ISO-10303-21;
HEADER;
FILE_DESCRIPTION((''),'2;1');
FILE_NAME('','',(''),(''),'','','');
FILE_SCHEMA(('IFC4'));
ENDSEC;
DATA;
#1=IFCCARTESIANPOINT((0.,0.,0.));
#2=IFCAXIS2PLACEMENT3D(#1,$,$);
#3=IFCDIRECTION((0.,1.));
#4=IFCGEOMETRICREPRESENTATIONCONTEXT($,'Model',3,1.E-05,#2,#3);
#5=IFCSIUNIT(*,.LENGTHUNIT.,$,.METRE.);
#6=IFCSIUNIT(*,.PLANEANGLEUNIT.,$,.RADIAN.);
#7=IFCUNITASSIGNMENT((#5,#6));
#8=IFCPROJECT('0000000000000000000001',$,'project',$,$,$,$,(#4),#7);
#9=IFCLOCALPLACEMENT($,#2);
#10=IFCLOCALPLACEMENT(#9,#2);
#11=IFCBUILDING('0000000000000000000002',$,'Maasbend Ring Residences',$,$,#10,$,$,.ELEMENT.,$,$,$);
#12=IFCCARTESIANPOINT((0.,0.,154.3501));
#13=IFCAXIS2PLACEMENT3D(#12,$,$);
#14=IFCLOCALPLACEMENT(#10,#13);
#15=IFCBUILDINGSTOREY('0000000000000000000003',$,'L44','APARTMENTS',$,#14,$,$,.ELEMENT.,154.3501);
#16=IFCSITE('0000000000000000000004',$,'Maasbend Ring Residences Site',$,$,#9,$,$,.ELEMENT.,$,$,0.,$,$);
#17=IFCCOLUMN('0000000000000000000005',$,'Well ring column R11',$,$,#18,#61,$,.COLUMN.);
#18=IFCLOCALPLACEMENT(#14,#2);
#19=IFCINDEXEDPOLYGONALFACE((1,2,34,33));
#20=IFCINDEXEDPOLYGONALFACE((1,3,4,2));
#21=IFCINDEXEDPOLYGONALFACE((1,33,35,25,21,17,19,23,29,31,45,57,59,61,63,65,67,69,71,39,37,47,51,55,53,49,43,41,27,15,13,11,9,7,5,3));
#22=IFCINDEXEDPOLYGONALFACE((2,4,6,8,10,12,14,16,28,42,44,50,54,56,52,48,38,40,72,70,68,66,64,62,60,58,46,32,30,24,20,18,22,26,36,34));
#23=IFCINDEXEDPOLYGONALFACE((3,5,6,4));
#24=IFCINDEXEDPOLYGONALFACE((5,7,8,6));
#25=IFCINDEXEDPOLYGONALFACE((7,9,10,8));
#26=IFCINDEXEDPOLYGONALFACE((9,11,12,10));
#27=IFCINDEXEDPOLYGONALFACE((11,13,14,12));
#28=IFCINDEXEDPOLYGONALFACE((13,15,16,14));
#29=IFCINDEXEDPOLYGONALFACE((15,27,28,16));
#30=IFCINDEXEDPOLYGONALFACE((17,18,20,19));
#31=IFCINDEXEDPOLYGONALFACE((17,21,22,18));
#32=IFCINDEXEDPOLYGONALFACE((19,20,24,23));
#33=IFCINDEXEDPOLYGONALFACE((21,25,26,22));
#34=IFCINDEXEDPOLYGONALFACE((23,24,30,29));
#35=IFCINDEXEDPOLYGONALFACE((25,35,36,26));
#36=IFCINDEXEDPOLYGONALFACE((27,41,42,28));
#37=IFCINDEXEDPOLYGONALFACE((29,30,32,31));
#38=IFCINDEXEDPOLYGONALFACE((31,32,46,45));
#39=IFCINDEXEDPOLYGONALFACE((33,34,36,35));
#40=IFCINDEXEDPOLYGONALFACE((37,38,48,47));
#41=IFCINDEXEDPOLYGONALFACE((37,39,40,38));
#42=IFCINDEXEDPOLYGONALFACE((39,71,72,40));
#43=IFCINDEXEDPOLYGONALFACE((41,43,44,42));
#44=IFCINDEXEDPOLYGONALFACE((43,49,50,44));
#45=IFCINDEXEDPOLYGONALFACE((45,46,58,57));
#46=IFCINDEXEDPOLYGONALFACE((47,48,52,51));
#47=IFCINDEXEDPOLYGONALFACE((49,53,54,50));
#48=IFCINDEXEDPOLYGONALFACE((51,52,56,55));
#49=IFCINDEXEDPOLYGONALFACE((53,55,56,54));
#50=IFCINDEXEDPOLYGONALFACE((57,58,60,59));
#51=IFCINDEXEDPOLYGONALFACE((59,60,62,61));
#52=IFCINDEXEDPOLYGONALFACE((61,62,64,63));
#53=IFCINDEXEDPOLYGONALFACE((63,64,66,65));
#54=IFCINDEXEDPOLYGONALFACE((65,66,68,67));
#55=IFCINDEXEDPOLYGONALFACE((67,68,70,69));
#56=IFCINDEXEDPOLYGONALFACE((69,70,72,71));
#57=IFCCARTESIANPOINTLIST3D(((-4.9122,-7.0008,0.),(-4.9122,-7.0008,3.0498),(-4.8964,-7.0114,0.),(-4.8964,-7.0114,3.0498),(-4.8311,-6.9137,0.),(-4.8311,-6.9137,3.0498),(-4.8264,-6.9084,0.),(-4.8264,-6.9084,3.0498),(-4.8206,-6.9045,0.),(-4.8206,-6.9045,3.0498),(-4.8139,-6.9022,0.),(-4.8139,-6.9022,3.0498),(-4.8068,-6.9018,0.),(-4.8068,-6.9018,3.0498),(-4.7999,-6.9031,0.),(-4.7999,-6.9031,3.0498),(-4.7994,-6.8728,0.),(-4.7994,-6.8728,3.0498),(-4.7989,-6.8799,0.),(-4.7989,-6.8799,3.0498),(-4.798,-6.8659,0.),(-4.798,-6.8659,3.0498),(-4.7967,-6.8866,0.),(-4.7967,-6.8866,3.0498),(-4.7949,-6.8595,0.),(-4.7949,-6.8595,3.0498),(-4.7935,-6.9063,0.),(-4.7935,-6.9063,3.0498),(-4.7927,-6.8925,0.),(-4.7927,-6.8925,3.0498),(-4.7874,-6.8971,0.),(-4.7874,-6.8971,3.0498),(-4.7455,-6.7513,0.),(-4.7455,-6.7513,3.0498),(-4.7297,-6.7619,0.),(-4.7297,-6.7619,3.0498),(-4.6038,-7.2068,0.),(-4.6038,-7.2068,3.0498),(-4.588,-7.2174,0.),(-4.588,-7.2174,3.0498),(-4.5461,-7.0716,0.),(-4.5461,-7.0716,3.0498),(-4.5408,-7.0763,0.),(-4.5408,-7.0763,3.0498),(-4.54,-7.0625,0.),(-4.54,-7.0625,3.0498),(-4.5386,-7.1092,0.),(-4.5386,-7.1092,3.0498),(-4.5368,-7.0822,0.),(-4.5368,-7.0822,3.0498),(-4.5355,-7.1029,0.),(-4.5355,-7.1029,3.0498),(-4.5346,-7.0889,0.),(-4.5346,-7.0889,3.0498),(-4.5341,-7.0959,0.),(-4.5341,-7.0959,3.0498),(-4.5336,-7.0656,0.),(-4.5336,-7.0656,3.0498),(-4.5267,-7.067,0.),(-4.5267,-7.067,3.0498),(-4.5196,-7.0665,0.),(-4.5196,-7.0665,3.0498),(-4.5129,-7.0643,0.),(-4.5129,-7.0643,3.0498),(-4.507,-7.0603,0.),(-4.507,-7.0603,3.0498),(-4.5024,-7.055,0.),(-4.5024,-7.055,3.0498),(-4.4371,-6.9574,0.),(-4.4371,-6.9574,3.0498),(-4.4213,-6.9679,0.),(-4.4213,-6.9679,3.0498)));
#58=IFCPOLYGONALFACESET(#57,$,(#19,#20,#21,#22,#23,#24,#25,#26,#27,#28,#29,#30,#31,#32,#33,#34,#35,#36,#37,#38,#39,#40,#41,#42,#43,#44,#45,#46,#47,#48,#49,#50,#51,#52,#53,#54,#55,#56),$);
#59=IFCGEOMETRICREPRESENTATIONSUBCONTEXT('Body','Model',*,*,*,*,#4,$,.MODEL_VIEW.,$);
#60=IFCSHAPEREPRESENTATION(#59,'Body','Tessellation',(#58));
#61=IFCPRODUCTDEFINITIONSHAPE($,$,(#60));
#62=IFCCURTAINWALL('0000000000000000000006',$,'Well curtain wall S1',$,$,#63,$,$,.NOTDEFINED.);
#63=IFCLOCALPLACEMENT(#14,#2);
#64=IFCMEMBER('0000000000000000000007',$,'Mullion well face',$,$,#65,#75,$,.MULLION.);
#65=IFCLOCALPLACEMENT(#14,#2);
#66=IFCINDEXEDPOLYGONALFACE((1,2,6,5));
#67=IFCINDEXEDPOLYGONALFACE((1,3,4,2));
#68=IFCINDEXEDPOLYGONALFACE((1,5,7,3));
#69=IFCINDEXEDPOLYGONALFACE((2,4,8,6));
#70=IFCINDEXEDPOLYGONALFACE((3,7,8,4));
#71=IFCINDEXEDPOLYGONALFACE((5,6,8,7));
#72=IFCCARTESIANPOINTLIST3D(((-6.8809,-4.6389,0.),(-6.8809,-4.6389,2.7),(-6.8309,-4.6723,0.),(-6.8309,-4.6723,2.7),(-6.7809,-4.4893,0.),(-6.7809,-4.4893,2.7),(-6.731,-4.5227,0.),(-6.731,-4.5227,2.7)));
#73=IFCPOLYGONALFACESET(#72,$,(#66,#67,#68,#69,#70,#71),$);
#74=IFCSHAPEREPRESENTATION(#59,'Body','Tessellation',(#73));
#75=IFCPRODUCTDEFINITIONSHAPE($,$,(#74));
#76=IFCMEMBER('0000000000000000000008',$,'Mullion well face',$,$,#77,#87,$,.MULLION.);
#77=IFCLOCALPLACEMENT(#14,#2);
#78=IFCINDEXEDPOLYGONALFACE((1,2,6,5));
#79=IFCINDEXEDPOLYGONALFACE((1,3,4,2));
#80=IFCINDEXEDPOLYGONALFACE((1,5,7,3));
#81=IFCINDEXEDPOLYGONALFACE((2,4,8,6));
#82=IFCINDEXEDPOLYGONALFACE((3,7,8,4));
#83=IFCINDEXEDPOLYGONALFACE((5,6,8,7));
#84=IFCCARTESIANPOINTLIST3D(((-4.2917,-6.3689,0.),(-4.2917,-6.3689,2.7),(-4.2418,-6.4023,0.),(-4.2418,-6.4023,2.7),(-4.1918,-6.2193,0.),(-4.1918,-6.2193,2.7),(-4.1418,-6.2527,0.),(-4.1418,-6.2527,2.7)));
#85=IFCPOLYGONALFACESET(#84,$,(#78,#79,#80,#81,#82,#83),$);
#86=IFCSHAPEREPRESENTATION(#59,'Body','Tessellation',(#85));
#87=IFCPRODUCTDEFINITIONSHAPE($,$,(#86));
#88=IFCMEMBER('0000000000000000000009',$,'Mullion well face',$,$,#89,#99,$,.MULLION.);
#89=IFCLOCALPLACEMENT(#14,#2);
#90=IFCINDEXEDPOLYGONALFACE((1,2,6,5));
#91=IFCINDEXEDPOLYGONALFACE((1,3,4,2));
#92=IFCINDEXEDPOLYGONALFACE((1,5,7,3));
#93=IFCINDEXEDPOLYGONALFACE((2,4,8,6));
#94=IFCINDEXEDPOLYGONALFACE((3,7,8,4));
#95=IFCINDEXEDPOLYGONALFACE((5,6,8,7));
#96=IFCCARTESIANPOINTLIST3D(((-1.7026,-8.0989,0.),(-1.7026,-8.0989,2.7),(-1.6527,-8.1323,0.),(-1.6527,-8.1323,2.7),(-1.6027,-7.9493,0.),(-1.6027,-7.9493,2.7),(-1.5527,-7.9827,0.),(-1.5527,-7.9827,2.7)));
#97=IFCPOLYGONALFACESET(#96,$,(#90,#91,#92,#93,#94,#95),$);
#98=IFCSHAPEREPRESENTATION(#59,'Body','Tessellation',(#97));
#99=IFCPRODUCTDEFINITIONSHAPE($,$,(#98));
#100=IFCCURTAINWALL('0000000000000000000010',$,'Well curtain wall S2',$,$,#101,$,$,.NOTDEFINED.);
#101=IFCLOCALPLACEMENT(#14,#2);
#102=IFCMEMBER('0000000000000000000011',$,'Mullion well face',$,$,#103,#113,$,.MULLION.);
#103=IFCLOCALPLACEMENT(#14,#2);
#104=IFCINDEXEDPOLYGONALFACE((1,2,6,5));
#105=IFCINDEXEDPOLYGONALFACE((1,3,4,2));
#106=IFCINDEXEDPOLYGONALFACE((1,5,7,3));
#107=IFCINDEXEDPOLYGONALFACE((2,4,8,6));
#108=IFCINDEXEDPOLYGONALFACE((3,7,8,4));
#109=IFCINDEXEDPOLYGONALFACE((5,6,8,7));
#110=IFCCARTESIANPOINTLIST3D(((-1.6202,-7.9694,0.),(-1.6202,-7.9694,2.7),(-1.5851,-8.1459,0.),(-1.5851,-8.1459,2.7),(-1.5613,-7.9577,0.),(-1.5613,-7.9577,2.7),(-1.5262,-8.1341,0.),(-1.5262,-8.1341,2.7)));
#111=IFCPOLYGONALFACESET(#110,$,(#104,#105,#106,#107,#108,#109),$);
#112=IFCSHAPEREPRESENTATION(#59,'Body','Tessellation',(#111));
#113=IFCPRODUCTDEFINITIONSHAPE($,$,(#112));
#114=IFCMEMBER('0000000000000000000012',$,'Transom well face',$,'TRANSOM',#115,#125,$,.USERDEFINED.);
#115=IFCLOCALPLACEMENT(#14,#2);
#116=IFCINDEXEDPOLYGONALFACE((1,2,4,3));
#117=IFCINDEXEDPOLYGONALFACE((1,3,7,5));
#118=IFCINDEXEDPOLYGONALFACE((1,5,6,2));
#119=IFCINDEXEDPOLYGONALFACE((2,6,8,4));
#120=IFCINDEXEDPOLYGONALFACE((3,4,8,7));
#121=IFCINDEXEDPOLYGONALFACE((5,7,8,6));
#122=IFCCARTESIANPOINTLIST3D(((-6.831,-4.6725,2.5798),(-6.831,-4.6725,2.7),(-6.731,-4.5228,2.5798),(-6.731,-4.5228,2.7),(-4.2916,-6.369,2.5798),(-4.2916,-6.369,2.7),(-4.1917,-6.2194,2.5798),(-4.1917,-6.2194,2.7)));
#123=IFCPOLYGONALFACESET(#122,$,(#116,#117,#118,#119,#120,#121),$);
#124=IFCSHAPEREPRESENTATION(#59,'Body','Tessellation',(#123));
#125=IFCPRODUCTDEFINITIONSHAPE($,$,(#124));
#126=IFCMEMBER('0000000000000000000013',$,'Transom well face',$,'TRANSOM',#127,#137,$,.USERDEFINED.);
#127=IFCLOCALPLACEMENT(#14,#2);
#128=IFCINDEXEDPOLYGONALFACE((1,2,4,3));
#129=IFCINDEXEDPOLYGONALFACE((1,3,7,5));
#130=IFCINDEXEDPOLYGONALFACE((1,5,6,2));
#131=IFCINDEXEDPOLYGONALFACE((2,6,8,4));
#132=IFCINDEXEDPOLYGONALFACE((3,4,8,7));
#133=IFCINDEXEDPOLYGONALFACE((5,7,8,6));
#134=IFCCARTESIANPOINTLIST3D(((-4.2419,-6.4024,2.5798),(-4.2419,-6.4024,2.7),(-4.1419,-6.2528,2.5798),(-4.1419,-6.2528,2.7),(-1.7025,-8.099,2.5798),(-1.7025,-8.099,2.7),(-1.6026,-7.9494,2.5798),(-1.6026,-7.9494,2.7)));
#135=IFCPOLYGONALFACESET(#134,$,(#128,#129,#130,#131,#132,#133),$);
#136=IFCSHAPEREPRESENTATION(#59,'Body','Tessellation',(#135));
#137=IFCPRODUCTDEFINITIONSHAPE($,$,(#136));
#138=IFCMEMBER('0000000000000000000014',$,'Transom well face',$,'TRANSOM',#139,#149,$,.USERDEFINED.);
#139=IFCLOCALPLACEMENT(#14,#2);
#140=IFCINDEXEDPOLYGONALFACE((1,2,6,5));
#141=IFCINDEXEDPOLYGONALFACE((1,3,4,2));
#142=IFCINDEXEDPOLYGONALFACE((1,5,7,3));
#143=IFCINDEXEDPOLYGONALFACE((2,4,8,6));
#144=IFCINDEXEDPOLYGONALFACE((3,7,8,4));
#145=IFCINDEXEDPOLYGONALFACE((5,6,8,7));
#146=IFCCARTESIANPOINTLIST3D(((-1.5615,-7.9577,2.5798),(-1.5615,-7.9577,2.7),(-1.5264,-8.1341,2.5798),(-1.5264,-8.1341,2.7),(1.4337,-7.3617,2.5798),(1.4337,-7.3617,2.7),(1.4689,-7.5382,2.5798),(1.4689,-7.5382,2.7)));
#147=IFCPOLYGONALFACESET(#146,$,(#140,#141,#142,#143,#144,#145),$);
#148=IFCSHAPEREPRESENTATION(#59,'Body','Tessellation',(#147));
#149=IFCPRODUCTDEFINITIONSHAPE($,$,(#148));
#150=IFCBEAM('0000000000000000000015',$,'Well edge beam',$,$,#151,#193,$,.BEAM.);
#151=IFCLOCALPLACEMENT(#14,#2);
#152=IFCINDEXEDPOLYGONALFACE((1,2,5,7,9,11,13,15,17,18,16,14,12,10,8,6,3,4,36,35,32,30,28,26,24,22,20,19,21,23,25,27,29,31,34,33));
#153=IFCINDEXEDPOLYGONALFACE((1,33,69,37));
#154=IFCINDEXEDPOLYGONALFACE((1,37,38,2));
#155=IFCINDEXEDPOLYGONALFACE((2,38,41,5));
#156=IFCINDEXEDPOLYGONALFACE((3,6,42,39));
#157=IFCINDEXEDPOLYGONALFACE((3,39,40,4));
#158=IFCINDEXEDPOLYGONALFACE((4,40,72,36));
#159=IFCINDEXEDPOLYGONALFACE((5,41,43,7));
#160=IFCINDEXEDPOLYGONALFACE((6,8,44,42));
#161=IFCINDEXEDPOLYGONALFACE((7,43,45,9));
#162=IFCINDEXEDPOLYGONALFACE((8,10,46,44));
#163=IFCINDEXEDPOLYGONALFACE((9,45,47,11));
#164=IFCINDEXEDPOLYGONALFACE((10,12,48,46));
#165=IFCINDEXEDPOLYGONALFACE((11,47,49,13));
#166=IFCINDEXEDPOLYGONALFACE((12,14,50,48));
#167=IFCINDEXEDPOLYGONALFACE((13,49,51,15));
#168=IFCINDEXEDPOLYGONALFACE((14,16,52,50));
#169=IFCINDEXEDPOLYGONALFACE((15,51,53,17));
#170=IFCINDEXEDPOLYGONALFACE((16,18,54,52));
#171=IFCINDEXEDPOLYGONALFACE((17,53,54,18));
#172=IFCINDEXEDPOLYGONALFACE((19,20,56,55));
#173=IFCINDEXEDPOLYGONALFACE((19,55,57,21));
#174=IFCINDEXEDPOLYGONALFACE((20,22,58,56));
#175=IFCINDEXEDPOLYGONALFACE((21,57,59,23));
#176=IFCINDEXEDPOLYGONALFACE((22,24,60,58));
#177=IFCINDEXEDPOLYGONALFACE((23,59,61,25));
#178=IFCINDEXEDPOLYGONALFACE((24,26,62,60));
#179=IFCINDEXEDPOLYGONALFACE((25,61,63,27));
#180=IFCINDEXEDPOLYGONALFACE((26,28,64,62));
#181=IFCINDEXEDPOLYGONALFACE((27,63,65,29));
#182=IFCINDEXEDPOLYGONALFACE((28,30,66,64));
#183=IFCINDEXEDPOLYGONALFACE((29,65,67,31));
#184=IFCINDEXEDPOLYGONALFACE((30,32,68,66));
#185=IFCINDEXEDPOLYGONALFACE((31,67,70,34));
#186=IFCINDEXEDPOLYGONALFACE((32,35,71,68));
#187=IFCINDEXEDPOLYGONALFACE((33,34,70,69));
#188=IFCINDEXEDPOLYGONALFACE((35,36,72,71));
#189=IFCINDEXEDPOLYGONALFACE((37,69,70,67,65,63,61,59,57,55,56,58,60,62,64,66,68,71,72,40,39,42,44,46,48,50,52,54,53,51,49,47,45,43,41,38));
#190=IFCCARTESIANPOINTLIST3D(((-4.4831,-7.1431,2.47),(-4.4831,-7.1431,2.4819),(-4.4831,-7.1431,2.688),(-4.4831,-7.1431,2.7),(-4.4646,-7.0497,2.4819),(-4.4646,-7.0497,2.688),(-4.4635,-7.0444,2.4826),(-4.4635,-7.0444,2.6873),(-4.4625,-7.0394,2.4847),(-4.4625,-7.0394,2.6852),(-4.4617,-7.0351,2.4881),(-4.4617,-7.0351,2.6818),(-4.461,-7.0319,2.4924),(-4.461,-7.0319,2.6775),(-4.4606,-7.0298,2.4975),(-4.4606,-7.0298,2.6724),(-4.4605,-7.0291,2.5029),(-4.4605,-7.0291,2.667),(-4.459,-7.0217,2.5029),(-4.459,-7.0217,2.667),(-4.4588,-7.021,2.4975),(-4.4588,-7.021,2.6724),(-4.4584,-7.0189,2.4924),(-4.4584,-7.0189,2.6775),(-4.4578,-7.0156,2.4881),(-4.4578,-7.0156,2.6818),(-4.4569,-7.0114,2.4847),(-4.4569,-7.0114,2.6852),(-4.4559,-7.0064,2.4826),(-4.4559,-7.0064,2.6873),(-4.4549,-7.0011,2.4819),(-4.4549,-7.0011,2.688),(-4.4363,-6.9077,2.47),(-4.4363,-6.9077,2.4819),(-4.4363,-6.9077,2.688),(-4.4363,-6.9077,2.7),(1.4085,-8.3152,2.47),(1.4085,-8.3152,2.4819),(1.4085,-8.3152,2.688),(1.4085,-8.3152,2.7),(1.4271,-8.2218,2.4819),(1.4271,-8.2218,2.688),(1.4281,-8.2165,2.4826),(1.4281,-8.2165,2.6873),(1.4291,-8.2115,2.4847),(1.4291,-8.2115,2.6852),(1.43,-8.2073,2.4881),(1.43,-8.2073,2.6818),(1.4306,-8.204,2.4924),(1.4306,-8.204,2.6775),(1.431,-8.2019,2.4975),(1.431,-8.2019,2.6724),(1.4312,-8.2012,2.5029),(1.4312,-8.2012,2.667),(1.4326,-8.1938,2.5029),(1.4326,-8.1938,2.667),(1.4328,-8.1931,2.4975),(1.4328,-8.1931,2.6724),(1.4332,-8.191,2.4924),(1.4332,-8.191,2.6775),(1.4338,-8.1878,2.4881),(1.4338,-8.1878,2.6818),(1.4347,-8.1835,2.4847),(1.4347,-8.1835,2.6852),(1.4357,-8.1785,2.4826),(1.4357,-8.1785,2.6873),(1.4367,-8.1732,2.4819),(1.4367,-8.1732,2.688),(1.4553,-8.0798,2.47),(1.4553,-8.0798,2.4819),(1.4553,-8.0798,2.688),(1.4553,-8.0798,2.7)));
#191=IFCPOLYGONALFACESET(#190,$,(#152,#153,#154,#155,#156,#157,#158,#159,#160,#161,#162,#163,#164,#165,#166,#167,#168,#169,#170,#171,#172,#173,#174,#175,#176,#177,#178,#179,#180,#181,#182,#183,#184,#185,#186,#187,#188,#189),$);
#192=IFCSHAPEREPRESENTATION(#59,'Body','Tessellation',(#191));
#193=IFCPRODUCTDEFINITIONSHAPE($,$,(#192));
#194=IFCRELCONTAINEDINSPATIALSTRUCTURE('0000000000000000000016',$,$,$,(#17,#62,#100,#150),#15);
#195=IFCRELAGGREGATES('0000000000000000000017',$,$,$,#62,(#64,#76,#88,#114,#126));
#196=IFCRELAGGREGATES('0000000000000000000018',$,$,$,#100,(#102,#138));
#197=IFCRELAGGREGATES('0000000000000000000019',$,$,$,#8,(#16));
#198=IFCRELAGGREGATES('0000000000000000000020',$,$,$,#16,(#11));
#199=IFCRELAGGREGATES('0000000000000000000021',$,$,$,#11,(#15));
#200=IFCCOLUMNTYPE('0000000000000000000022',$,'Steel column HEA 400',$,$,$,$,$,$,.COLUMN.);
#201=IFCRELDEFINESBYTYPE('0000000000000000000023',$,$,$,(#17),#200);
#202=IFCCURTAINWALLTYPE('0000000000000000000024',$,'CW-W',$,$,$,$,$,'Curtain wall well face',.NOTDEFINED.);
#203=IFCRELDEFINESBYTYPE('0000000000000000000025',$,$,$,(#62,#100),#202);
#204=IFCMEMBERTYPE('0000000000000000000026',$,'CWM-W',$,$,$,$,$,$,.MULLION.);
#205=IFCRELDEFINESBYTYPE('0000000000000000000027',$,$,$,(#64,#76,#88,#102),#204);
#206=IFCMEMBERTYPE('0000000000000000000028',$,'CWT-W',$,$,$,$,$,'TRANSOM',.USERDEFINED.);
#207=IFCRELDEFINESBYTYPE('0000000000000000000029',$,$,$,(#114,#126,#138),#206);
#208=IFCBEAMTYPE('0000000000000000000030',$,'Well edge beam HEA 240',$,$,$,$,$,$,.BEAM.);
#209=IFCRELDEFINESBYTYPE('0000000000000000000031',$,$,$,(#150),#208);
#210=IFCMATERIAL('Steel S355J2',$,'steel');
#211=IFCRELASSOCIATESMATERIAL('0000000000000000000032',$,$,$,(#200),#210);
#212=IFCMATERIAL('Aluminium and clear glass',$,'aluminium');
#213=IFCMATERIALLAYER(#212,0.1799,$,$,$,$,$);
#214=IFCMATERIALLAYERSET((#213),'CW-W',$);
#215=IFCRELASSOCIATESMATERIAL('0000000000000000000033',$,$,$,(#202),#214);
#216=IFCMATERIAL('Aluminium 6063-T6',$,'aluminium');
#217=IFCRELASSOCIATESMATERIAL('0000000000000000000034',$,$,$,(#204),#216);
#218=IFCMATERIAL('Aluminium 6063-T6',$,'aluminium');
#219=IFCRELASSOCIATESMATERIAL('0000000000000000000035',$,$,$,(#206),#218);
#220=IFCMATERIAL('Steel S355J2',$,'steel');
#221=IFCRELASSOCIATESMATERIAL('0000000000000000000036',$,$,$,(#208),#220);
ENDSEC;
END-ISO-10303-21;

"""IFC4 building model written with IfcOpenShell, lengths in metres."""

from ifc_helpers import new_model, si_unit, direction, frame, origin, origin_2d, place, context, subcontext, project, spatial, rectangle, i_section, extrude, material, layer, layer_set, material_profile, profile_set, type_object, element, aggregate, save


model = new_model("IFC4")

# Units and contexts
model_context = context("Model", 3, precision=1e-05, world=origin(), true_north=direction((0.0, 1.0)))
body_context = subcontext(model_context, "Body", "Model", "MODEL_VIEW")
ifc_project = project(units=[si_unit("LENGTHUNIT", "METRE"), si_unit("PLANEANGLEUNIT", "RADIAN")], contexts=[model_context])

# Site, building, storey
site_placement = place(None, origin())
site = spatial("IfcSite", under=ifc_project, at=site_placement, Name="Maasbend Ring Residences Site", CompositionType="ELEMENT", RefElevation=0.0)
building_placement = place(site_placement, origin())
building = spatial("IfcBuilding", under=site, at=building_placement, Name="Maasbend Ring Residences", CompositionType="ELEMENT")
storey_placement = place(building_placement, frame((0.0, 0.0, 154.3501)))
storey = spatial("IfcBuildingStorey", under=building, at=storey_placement, Name="L44", Description="APARTMENTS", CompositionType="ELEMENT", Elevation=154.3501)

# Column
ifc_material_1 = material(Name="Steel S355J2", Category="steel")
ifc_material_profile_1 = material_profile(ifc_material_1, i_section(OverallWidth=0.3, OverallDepth=0.3899, WebThickness=0.011, FlangeThickness=0.019, FilletRadius=0.0271, at=origin_2d()), Name="HEA 400")
ifc_profile_set_1 = profile_set([ifc_material_profile_1], Name="Steel S355J2")
column_type = type_object("IfcColumnType", Name="Steel column HEA 400", PredefinedType="COLUMN", material=ifc_profile_set_1)
column_placement = place(storey_placement, frame((-4.6667, -6.9844, 0.0), z_axis=(0.0, 0.0, 1.0), x_axis=(-0.55557, -0.83147, 0.0)))
element("IfcColumn", 1, at=column_placement, inside=storey, type_object=column_type, Name="Well ring column R11", PredefinedType="COLUMN", context=body_context, shape_type="SweptSolid", body=[
    extrude(i_section(OverallWidth=0.3, OverallDepth=0.3899, WebThickness=0.011, FlangeThickness=0.019, FilletRadius=0.0271, at=origin_2d()), origin(), (0.0, 0.0, 1.0), 3.0498),
])

# Curtain wall, members
ifc_material_2 = material(Name="Aluminium and clear glass", Category="aluminium")
ifc_layer_1 = layer(ifc_material_2, 0.1799)
ifc_layer_set_1 = layer_set([ifc_layer_1], Name="CW-W")
curtain_wall_type = type_object("IfcCurtainWallType", Name="CW-W", ElementType="Curtain wall well face", PredefinedType="NOTDEFINED", material=ifc_layer_set_1)
curtain_wall_1_placement = place(storey_placement, origin())
curtain_wall_1 = element("IfcCurtainWall", 2, at=curtain_wall_1_placement, inside=storey, type_object=curtain_wall_type, Name="Well curtain wall S1", PredefinedType="NOTDEFINED")
ifc_material_3 = material(Name="Aluminium 6063-T6", Category="aluminium")
ifc_material_profile_2 = material_profile(ifc_material_3, rectangle(XDim=0.1799, YDim=0.0601, at=origin_2d()), Name="AL 180x60")
ifc_profile_set_2 = profile_set([ifc_material_profile_2], Name="Aluminium 6063-T6")
member_type_1 = type_object("IfcMemberType", Name="CWM-W", PredefinedType="MULLION", material=ifc_profile_set_2)
member_1_placement = place(storey_placement, frame((-6.8059, -4.5808, 0.0), z_axis=(0.0, 0.0, 1.0), x_axis=(0.55557, 0.83147, 0.0)))
member_1 = element("IfcMember", 3, at=member_1_placement, type_object=member_type_1, Name="Mullion well face", PredefinedType="MULLION", context=body_context, shape_type="SweptSolid", body=[
    extrude(rectangle(XDim=0.1799, YDim=0.0601, at=origin_2d()), origin(), (0.0, 0.0, 1.0), 2.7),
])
member_2_placement = place(storey_placement, frame((-4.2168, -6.3108, 0.0), z_axis=(0.0, 0.0, 1.0), x_axis=(0.55557, 0.83147, 0.0)))
member_2 = element("IfcMember", 4, at=member_2_placement, type_object=member_type_1, Name="Mullion well face", PredefinedType="MULLION", context=body_context, shape_type="SweptSolid", body=[
    extrude(rectangle(XDim=0.1799, YDim=0.0601, at=origin_2d()), origin(), (0.0, 0.0, 1.0), 2.7),
])
member_3_placement = place(storey_placement, frame((-1.6277, -8.0408, 0.0), z_axis=(0.0, 0.0, 1.0), x_axis=(0.55557, 0.83147, 0.0)))
member_3 = element("IfcMember", 5, at=member_3_placement, type_object=member_type_1, Name="Mullion well face", PredefinedType="MULLION", context=body_context, shape_type="SweptSolid", body=[
    extrude(rectangle(XDim=0.1799, YDim=0.0601, at=origin_2d()), origin(), (0.0, 0.0, 1.0), 2.7),
])

# Curtain wall, member
curtain_wall_2_placement = place(storey_placement, origin())
curtain_wall_2 = element("IfcCurtainWall", 6, at=curtain_wall_2_placement, inside=storey, type_object=curtain_wall_type, Name="Well curtain wall S2", PredefinedType="NOTDEFINED")
member_4_placement = place(storey_placement, frame((-1.5732, -8.0518, 0.0), z_axis=(0.0, 0.0, 1.0), x_axis=(-0.19509, 0.980785, 0.0)))
member_4 = element("IfcMember", 7, at=member_4_placement, type_object=member_type_1, Name="Mullion well face", PredefinedType="MULLION", context=body_context, shape_type="SweptSolid", body=[
    extrude(rectangle(XDim=0.1799, YDim=0.0601, at=origin_2d()), origin(), (0.0, 0.0, 1.0), 2.7),
])

# Members
ifc_material_4 = material(Name="Aluminium 6063-T6", Category="aluminium")
ifc_material_profile_3 = material_profile(ifc_material_4, rectangle(XDim=0.1799, YDim=0.1201, at=origin_2d()), Name="AL 180x120")
ifc_profile_set_3 = profile_set([ifc_material_profile_3], Name="Aluminium 6063-T6")
member_type_2 = type_object("IfcMemberType", Name="CWT-W", ElementType="TRANSOM", PredefinedType="USERDEFINED", material=ifc_profile_set_3)
member_5_placement = place(storey_placement, frame((-6.781, -4.5977, 2.6399), z_axis=(0.831496, -0.55553, 0.0), x_axis=(0.55553, 0.831496, 0.0)))
member_5 = element("IfcMember", 8, at=member_5_placement, type_object=member_type_2, Name="Transom well face", ObjectType="TRANSOM", PredefinedType="USERDEFINED", context=body_context, shape_type="SweptSolid", body=[
    extrude(rectangle(XDim=0.1799, YDim=0.1201, at=origin_2d()), origin(), (0.0, 0.0, 1.0), 3.054),
])
member_6_placement = place(storey_placement, frame((-4.1919, -6.3276, 2.6399), z_axis=(0.831496, -0.55553, 0.0), x_axis=(0.55553, 0.831496, 0.0)))
member_6 = element("IfcMember", 9, at=member_6_placement, type_object=member_type_2, Name="Transom well face", ObjectType="TRANSOM", PredefinedType="USERDEFINED", context=body_context, shape_type="SweptSolid", body=[
    extrude(rectangle(XDim=0.1799, YDim=0.1201, at=origin_2d()), origin(), (0.0, 0.0, 1.0), 3.054),
])
member_7_placement = place(storey_placement, frame((-1.5439, -8.0459, 2.6399), z_axis=(0.980777, 0.195132, 0.0), x_axis=(-0.195132, 0.980777, 0.0)))
member_7 = element("IfcMember", 10, at=member_7_placement, type_object=member_type_2, Name="Transom well face", ObjectType="TRANSOM", PredefinedType="USERDEFINED", context=body_context, shape_type="SweptSolid", body=[
    extrude(rectangle(XDim=0.1799, YDim=0.1201, at=origin_2d()), origin(), (0.0, 0.0, 1.0), 3.054),
])

# Beam
ifc_material_5 = material(Name="Steel S355J2", Category="steel")
ifc_material_profile_4 = material_profile(ifc_material_5, i_section(OverallWidth=0.24, OverallDepth=0.23, WebThickness=0.0076, FlangeThickness=0.012, FilletRadius=0.021, at=origin_2d()), Name="HEA 240")
ifc_profile_set_4 = profile_set([ifc_material_profile_4], Name="Steel S355J2")
beam_type = type_object("IfcBeamType", Name="Well edge beam HEA 240", PredefinedType="BEAM", material=ifc_profile_set_4)
beam_placement = place(storey_placement, frame((-4.4597, -7.0254, 2.585), z_axis=(0.980779, -0.195123, 0.0), x_axis=(0.195123, 0.980779, 0.0)))
element("IfcBeam", 11, at=beam_placement, inside=storey, type_object=beam_type, Name="Well edge beam", PredefinedType="BEAM", context=body_context, shape_type="SweptSolid", body=[
    extrude(i_section(OverallWidth=0.24, OverallDepth=0.23, WebThickness=0.0076, FlangeThickness=0.012, FilletRadius=0.021, at=origin_2d()), origin(), (0.0, 0.0, 1.0), 6.0071),
])

aggregate(curtain_wall_1, [member_1, member_2, member_3, member_5, member_6])
aggregate(curtain_wall_2, [member_4, member_7])

save(model, "model.ifc")
